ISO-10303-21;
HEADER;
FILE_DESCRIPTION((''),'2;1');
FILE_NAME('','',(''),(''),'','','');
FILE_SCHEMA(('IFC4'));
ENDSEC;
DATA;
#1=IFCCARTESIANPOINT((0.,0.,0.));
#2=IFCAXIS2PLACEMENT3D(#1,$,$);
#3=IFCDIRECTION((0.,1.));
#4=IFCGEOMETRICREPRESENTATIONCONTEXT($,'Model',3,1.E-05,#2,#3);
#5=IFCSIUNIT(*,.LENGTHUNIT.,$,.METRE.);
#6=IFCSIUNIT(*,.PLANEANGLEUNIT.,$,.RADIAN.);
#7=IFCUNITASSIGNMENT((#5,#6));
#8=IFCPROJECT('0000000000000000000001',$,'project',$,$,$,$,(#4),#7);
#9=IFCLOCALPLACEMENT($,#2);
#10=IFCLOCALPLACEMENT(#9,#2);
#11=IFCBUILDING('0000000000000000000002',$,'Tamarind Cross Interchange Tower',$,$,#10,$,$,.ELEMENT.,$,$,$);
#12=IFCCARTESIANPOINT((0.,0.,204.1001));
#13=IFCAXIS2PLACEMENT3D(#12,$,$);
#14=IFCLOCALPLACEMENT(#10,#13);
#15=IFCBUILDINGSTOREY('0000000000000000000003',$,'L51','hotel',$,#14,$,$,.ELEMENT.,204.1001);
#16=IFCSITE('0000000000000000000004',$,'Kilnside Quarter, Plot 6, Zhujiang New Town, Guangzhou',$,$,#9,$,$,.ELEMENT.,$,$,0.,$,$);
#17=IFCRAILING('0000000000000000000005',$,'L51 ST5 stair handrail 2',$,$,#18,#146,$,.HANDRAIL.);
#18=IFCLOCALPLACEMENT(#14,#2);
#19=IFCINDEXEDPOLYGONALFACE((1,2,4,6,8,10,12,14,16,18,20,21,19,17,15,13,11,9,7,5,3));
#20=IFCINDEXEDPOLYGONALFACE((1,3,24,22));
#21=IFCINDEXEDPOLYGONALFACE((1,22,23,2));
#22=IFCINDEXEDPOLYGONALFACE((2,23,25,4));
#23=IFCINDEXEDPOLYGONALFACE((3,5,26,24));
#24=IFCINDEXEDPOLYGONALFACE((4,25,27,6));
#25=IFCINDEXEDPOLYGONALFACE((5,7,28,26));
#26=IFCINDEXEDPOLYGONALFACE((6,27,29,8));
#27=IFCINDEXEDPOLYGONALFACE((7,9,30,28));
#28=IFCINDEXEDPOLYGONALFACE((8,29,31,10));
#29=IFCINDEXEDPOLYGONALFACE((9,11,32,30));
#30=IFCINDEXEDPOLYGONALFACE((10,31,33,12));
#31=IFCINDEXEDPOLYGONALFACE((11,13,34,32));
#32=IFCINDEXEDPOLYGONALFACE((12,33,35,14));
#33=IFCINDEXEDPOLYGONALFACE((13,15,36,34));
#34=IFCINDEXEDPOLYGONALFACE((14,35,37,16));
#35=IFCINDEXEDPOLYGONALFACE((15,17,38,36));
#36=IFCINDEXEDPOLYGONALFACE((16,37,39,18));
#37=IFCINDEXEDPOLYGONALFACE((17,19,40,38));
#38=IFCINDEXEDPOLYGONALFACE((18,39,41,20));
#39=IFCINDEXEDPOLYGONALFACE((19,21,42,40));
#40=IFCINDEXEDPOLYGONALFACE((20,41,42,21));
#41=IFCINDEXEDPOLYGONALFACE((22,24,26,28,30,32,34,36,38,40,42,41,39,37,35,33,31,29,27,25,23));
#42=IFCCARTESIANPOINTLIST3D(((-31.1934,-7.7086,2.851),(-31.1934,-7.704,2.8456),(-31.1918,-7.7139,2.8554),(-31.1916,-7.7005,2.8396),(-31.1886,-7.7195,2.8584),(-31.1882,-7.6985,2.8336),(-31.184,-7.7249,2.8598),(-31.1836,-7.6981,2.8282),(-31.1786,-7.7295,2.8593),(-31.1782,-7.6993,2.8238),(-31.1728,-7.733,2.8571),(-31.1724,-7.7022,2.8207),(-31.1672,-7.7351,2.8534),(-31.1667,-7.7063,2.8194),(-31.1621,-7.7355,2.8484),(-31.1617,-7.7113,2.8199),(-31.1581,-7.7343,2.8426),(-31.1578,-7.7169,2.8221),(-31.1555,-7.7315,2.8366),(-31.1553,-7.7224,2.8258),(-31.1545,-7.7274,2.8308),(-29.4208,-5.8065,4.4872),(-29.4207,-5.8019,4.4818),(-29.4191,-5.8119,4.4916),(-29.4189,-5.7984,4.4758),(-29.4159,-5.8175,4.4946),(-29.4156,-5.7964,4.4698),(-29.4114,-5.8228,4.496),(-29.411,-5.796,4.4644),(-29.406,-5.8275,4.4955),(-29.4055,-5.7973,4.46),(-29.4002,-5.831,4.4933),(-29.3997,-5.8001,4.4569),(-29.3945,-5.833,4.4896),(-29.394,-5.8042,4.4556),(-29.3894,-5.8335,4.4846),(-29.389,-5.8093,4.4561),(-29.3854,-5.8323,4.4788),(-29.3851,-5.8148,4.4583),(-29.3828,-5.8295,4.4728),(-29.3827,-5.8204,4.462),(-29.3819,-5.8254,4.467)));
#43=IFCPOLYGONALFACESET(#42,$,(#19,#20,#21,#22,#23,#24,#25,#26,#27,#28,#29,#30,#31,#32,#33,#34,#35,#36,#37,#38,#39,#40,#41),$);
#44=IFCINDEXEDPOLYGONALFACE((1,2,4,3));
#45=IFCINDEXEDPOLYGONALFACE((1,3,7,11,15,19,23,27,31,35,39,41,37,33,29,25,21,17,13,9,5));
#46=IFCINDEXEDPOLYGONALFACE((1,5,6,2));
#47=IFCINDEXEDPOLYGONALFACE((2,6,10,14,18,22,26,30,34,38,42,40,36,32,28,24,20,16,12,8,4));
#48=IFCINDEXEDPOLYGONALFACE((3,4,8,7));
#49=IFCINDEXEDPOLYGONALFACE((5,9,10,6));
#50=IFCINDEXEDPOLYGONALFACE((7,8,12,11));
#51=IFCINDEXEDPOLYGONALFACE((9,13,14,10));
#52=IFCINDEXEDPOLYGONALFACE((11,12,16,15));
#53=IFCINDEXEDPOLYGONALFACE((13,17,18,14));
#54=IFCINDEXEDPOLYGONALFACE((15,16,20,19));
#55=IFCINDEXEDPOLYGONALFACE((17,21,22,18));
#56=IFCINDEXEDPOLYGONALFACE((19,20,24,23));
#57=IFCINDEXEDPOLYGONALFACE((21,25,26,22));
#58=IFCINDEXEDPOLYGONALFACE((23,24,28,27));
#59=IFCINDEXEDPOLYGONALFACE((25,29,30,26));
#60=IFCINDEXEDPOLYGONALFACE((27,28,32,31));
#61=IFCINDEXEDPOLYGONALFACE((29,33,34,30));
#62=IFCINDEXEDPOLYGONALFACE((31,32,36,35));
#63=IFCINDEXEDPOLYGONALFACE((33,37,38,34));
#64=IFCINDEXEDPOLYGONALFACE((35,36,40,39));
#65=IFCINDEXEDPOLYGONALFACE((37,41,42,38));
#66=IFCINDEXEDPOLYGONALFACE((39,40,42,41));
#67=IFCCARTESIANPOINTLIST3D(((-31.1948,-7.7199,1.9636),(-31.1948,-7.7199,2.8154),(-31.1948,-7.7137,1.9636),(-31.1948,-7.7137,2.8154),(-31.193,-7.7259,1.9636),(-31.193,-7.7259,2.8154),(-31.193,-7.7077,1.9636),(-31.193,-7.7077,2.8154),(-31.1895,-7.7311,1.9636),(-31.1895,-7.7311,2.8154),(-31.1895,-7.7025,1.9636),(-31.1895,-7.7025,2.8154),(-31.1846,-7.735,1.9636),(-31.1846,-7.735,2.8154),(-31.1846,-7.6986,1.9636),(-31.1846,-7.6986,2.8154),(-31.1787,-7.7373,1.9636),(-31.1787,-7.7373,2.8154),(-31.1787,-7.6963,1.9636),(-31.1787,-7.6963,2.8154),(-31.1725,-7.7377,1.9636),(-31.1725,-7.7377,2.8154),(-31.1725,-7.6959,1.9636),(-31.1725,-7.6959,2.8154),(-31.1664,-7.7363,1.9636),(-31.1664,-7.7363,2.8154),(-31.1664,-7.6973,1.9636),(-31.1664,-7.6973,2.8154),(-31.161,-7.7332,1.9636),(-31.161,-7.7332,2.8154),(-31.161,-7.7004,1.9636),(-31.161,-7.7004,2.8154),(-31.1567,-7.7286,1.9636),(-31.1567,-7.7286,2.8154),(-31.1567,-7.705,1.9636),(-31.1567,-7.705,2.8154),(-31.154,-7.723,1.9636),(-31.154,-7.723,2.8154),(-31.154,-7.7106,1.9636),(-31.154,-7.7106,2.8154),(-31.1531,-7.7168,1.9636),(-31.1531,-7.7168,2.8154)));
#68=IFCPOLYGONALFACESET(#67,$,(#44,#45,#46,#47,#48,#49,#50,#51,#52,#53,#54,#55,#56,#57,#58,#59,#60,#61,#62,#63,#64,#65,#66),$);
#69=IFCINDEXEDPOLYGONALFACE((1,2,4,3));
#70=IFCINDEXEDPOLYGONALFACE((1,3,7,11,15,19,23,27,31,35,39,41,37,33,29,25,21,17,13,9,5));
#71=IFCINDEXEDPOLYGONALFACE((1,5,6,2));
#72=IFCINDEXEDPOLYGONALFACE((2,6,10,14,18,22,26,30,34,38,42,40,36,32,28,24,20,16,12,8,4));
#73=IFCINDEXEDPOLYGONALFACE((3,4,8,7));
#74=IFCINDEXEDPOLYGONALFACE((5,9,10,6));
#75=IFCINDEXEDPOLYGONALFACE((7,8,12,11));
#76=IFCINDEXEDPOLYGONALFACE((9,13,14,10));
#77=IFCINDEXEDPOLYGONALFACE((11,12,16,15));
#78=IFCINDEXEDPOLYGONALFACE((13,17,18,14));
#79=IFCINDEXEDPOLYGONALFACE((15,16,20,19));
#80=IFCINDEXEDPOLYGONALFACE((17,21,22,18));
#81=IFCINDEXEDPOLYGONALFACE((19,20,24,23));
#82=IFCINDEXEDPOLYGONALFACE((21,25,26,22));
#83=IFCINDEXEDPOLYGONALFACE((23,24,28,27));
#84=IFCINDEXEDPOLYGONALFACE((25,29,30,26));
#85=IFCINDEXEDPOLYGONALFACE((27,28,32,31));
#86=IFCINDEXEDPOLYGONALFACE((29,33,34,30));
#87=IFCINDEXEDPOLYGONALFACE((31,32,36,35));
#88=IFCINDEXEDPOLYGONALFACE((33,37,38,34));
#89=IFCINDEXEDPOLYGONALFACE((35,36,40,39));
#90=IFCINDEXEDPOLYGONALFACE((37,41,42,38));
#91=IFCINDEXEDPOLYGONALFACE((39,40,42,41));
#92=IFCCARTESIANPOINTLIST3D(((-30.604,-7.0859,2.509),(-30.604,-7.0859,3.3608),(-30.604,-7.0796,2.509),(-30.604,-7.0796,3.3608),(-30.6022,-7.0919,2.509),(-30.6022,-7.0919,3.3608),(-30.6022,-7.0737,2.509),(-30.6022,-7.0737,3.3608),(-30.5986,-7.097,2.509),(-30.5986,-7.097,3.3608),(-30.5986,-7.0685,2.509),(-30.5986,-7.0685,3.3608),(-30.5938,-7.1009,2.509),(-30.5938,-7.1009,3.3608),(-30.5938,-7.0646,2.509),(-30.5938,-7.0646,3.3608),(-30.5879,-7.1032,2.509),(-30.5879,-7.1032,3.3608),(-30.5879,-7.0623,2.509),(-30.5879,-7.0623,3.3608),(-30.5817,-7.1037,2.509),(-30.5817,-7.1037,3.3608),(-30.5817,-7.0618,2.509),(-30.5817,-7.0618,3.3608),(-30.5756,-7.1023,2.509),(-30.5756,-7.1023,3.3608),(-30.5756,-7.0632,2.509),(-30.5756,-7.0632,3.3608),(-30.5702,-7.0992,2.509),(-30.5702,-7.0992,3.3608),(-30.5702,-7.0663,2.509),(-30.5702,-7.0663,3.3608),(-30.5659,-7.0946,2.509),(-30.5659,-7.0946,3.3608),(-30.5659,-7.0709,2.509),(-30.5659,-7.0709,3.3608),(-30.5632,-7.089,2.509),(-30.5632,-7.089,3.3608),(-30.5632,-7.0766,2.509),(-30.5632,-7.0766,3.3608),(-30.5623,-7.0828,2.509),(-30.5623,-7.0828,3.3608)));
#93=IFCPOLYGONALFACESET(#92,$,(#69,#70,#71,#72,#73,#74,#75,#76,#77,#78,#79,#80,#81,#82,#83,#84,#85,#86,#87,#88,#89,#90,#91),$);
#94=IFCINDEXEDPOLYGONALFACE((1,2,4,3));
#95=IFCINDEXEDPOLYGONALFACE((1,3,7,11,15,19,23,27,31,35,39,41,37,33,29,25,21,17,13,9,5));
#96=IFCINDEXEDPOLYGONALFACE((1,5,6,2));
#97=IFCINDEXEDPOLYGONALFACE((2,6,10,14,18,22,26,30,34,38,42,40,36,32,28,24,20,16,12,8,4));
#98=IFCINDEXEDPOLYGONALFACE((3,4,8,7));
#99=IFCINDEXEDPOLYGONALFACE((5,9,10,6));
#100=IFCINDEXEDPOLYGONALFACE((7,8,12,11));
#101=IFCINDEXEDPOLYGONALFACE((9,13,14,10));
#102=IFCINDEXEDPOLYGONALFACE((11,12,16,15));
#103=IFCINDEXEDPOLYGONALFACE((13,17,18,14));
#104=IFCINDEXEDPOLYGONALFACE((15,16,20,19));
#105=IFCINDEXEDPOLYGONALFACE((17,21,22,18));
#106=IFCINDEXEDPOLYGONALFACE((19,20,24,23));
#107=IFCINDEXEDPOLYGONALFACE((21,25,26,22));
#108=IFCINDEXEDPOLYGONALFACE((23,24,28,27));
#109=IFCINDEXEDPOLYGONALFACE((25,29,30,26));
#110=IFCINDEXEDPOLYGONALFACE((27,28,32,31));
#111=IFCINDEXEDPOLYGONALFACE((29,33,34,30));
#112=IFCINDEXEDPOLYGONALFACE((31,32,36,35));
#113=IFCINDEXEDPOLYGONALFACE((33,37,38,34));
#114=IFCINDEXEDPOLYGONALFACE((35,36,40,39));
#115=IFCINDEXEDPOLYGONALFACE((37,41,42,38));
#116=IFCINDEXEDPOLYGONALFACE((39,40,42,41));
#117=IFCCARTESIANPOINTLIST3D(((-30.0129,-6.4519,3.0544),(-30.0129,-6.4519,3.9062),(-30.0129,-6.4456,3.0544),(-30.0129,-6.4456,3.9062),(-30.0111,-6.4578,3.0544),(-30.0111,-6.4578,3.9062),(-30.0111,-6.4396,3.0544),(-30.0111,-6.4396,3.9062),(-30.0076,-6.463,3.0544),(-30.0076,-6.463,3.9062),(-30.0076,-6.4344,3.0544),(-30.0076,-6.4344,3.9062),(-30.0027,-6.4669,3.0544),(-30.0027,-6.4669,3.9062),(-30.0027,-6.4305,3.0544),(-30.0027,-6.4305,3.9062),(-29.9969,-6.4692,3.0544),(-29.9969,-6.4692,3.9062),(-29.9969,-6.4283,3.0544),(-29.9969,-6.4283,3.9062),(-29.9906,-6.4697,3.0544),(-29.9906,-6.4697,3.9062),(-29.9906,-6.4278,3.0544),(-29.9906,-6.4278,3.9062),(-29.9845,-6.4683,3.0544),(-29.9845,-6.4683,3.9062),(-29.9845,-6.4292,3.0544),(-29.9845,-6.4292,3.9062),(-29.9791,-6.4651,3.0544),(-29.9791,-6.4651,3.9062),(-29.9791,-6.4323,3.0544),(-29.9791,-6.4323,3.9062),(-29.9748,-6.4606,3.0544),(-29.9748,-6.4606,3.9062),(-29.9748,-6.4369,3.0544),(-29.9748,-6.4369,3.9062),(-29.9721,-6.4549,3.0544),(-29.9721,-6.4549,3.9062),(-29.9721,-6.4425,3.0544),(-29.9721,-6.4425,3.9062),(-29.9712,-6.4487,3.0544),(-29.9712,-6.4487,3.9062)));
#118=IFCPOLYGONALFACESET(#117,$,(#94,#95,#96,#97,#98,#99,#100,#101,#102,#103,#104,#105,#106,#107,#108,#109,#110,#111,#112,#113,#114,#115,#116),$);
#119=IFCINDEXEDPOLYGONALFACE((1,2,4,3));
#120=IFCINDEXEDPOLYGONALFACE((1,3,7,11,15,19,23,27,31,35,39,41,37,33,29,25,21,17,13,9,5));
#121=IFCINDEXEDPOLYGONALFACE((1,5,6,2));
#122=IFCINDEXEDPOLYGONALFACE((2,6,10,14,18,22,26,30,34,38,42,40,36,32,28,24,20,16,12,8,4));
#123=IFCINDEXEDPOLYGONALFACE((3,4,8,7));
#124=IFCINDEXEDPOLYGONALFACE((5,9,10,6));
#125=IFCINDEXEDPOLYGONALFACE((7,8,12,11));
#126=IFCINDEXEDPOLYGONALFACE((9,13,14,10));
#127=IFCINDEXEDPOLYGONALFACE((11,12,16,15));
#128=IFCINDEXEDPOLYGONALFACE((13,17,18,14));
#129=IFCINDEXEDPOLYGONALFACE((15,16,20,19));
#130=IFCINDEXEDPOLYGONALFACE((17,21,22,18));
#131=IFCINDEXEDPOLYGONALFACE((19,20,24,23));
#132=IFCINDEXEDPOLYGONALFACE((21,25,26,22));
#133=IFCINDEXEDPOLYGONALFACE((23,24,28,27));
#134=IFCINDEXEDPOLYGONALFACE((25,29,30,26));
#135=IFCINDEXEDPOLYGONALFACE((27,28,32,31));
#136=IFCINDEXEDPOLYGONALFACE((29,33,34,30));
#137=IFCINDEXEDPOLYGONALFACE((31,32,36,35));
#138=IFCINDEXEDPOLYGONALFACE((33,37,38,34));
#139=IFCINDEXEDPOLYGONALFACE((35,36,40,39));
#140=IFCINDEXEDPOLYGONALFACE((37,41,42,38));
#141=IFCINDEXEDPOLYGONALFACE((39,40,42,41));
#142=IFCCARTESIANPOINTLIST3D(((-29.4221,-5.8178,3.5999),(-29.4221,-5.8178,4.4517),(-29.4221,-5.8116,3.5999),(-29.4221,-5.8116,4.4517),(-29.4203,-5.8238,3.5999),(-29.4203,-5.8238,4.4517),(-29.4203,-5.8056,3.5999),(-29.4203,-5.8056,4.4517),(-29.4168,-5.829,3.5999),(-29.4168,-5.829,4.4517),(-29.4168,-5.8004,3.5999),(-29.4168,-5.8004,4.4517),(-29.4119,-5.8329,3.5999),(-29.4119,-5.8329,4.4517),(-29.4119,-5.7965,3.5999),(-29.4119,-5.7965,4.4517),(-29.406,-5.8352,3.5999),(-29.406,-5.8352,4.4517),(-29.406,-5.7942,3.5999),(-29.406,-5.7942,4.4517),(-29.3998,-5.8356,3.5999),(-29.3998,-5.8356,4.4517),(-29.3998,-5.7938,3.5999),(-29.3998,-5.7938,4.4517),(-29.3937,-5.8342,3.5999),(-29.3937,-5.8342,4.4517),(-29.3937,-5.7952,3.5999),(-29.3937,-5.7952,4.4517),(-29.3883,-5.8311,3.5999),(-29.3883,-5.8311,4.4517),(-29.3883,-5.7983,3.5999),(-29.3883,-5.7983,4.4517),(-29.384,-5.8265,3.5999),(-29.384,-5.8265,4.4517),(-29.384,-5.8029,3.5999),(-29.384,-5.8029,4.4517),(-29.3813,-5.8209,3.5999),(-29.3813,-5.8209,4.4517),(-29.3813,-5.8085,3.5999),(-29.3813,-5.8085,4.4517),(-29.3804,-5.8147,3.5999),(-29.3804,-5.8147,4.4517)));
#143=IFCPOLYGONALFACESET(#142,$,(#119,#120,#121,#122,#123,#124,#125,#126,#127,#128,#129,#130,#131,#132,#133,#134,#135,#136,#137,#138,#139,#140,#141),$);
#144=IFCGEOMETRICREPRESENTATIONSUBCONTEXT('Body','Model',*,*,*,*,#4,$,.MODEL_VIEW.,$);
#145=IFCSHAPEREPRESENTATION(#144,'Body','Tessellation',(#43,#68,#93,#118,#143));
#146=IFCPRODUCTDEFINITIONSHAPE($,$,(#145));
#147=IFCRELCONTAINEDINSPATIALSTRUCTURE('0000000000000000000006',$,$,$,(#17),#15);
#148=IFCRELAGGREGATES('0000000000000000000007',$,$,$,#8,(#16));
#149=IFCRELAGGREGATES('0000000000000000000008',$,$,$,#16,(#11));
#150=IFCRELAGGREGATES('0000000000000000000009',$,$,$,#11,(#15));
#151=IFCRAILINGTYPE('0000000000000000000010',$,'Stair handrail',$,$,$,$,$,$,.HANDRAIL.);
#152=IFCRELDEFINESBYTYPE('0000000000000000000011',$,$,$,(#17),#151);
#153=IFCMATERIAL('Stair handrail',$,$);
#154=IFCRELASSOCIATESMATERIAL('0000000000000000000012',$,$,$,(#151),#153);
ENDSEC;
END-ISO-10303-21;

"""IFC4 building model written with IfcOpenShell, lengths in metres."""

from ifc_helpers import new_model, si_unit, direction, frame, origin, origin_2d, place, context, subcontext, project, spatial, circle, extrude, material, type_object, element, save


model = new_model("IFC4")

# Units and contexts
model_context = context("Model", 3, precision=1e-05, world=origin(), true_north=direction((0.0, 1.0)))
body_context = subcontext(model_context, "Body", "Model", "MODEL_VIEW")
ifc_project = project(units=[si_unit("LENGTHUNIT", "METRE"), si_unit("PLANEANGLEUNIT", "RADIAN")], contexts=[model_context])

# Site, building, storey
site_placement = place(None, origin())
site = spatial("IfcSite", under=ifc_project, at=site_placement, Name="Kilnside Quarter, Plot 6, Zhujiang New Town, Guangzhou", CompositionType="ELEMENT", RefElevation=0.0)
building_placement = place(site_placement, origin())
building = spatial("IfcBuilding", under=site, at=building_placement, Name="Tamarind Cross Interchange Tower", CompositionType="ELEMENT")
storey_placement = place(building_placement, frame((0.0, 0.0, 204.1001)))
storey = spatial("IfcBuildingStorey", under=building, at=storey_placement, Name="L51", Description="hotel", CompositionType="ELEMENT", Elevation=204.1001)

# Railing
ifc_material_1 = material(Name="Stair handrail")
railing_type_1 = type_object("IfcRailingType", Name="Stair handrail", PredefinedType="HANDRAIL", material=ifc_material_1)
railing_1_placement = place(storey_placement, frame((-31.1741, -7.7168, 1.9636)))
element("IfcRailing", 1, at=railing_1_placement, inside=storey, type_object=railing_type_1, Name="L51 ST5 stair handrail 2", PredefinedType="HANDRAIL", context=body_context, shape_type="SweptSolid", body=[
    extrude(circle(Radius=0.0239, at=origin_2d()), frame((0.0, 0.0, 0.876), z_axis=(0.577036, 0.619156, 0.532612), x_axis=(-0.731552, 0.681786, 0.0)), (0.0, 0.0, 1.0), 3.072),
    extrude(circle(Radius=0.021, at=origin_2d()), origin(), (0.0, 0.0, 1.0), 0.8518),
    extrude(circle(Radius=0.021, at=origin_2d()), frame((0.5908, 0.634, 0.5454)), (0.0, 0.0, 1.0), 0.8518),
    extrude(circle(Radius=0.021, at=origin_2d()), frame((1.1819, 1.2681, 1.0908)), (0.0, 0.0, 1.0), 0.8518),
    extrude(circle(Radius=0.021, at=origin_2d()), frame((1.7727, 1.9021, 1.6362)), (0.0, 0.0, 1.0), 0.8518),
])

save(model, "model.ifc")
